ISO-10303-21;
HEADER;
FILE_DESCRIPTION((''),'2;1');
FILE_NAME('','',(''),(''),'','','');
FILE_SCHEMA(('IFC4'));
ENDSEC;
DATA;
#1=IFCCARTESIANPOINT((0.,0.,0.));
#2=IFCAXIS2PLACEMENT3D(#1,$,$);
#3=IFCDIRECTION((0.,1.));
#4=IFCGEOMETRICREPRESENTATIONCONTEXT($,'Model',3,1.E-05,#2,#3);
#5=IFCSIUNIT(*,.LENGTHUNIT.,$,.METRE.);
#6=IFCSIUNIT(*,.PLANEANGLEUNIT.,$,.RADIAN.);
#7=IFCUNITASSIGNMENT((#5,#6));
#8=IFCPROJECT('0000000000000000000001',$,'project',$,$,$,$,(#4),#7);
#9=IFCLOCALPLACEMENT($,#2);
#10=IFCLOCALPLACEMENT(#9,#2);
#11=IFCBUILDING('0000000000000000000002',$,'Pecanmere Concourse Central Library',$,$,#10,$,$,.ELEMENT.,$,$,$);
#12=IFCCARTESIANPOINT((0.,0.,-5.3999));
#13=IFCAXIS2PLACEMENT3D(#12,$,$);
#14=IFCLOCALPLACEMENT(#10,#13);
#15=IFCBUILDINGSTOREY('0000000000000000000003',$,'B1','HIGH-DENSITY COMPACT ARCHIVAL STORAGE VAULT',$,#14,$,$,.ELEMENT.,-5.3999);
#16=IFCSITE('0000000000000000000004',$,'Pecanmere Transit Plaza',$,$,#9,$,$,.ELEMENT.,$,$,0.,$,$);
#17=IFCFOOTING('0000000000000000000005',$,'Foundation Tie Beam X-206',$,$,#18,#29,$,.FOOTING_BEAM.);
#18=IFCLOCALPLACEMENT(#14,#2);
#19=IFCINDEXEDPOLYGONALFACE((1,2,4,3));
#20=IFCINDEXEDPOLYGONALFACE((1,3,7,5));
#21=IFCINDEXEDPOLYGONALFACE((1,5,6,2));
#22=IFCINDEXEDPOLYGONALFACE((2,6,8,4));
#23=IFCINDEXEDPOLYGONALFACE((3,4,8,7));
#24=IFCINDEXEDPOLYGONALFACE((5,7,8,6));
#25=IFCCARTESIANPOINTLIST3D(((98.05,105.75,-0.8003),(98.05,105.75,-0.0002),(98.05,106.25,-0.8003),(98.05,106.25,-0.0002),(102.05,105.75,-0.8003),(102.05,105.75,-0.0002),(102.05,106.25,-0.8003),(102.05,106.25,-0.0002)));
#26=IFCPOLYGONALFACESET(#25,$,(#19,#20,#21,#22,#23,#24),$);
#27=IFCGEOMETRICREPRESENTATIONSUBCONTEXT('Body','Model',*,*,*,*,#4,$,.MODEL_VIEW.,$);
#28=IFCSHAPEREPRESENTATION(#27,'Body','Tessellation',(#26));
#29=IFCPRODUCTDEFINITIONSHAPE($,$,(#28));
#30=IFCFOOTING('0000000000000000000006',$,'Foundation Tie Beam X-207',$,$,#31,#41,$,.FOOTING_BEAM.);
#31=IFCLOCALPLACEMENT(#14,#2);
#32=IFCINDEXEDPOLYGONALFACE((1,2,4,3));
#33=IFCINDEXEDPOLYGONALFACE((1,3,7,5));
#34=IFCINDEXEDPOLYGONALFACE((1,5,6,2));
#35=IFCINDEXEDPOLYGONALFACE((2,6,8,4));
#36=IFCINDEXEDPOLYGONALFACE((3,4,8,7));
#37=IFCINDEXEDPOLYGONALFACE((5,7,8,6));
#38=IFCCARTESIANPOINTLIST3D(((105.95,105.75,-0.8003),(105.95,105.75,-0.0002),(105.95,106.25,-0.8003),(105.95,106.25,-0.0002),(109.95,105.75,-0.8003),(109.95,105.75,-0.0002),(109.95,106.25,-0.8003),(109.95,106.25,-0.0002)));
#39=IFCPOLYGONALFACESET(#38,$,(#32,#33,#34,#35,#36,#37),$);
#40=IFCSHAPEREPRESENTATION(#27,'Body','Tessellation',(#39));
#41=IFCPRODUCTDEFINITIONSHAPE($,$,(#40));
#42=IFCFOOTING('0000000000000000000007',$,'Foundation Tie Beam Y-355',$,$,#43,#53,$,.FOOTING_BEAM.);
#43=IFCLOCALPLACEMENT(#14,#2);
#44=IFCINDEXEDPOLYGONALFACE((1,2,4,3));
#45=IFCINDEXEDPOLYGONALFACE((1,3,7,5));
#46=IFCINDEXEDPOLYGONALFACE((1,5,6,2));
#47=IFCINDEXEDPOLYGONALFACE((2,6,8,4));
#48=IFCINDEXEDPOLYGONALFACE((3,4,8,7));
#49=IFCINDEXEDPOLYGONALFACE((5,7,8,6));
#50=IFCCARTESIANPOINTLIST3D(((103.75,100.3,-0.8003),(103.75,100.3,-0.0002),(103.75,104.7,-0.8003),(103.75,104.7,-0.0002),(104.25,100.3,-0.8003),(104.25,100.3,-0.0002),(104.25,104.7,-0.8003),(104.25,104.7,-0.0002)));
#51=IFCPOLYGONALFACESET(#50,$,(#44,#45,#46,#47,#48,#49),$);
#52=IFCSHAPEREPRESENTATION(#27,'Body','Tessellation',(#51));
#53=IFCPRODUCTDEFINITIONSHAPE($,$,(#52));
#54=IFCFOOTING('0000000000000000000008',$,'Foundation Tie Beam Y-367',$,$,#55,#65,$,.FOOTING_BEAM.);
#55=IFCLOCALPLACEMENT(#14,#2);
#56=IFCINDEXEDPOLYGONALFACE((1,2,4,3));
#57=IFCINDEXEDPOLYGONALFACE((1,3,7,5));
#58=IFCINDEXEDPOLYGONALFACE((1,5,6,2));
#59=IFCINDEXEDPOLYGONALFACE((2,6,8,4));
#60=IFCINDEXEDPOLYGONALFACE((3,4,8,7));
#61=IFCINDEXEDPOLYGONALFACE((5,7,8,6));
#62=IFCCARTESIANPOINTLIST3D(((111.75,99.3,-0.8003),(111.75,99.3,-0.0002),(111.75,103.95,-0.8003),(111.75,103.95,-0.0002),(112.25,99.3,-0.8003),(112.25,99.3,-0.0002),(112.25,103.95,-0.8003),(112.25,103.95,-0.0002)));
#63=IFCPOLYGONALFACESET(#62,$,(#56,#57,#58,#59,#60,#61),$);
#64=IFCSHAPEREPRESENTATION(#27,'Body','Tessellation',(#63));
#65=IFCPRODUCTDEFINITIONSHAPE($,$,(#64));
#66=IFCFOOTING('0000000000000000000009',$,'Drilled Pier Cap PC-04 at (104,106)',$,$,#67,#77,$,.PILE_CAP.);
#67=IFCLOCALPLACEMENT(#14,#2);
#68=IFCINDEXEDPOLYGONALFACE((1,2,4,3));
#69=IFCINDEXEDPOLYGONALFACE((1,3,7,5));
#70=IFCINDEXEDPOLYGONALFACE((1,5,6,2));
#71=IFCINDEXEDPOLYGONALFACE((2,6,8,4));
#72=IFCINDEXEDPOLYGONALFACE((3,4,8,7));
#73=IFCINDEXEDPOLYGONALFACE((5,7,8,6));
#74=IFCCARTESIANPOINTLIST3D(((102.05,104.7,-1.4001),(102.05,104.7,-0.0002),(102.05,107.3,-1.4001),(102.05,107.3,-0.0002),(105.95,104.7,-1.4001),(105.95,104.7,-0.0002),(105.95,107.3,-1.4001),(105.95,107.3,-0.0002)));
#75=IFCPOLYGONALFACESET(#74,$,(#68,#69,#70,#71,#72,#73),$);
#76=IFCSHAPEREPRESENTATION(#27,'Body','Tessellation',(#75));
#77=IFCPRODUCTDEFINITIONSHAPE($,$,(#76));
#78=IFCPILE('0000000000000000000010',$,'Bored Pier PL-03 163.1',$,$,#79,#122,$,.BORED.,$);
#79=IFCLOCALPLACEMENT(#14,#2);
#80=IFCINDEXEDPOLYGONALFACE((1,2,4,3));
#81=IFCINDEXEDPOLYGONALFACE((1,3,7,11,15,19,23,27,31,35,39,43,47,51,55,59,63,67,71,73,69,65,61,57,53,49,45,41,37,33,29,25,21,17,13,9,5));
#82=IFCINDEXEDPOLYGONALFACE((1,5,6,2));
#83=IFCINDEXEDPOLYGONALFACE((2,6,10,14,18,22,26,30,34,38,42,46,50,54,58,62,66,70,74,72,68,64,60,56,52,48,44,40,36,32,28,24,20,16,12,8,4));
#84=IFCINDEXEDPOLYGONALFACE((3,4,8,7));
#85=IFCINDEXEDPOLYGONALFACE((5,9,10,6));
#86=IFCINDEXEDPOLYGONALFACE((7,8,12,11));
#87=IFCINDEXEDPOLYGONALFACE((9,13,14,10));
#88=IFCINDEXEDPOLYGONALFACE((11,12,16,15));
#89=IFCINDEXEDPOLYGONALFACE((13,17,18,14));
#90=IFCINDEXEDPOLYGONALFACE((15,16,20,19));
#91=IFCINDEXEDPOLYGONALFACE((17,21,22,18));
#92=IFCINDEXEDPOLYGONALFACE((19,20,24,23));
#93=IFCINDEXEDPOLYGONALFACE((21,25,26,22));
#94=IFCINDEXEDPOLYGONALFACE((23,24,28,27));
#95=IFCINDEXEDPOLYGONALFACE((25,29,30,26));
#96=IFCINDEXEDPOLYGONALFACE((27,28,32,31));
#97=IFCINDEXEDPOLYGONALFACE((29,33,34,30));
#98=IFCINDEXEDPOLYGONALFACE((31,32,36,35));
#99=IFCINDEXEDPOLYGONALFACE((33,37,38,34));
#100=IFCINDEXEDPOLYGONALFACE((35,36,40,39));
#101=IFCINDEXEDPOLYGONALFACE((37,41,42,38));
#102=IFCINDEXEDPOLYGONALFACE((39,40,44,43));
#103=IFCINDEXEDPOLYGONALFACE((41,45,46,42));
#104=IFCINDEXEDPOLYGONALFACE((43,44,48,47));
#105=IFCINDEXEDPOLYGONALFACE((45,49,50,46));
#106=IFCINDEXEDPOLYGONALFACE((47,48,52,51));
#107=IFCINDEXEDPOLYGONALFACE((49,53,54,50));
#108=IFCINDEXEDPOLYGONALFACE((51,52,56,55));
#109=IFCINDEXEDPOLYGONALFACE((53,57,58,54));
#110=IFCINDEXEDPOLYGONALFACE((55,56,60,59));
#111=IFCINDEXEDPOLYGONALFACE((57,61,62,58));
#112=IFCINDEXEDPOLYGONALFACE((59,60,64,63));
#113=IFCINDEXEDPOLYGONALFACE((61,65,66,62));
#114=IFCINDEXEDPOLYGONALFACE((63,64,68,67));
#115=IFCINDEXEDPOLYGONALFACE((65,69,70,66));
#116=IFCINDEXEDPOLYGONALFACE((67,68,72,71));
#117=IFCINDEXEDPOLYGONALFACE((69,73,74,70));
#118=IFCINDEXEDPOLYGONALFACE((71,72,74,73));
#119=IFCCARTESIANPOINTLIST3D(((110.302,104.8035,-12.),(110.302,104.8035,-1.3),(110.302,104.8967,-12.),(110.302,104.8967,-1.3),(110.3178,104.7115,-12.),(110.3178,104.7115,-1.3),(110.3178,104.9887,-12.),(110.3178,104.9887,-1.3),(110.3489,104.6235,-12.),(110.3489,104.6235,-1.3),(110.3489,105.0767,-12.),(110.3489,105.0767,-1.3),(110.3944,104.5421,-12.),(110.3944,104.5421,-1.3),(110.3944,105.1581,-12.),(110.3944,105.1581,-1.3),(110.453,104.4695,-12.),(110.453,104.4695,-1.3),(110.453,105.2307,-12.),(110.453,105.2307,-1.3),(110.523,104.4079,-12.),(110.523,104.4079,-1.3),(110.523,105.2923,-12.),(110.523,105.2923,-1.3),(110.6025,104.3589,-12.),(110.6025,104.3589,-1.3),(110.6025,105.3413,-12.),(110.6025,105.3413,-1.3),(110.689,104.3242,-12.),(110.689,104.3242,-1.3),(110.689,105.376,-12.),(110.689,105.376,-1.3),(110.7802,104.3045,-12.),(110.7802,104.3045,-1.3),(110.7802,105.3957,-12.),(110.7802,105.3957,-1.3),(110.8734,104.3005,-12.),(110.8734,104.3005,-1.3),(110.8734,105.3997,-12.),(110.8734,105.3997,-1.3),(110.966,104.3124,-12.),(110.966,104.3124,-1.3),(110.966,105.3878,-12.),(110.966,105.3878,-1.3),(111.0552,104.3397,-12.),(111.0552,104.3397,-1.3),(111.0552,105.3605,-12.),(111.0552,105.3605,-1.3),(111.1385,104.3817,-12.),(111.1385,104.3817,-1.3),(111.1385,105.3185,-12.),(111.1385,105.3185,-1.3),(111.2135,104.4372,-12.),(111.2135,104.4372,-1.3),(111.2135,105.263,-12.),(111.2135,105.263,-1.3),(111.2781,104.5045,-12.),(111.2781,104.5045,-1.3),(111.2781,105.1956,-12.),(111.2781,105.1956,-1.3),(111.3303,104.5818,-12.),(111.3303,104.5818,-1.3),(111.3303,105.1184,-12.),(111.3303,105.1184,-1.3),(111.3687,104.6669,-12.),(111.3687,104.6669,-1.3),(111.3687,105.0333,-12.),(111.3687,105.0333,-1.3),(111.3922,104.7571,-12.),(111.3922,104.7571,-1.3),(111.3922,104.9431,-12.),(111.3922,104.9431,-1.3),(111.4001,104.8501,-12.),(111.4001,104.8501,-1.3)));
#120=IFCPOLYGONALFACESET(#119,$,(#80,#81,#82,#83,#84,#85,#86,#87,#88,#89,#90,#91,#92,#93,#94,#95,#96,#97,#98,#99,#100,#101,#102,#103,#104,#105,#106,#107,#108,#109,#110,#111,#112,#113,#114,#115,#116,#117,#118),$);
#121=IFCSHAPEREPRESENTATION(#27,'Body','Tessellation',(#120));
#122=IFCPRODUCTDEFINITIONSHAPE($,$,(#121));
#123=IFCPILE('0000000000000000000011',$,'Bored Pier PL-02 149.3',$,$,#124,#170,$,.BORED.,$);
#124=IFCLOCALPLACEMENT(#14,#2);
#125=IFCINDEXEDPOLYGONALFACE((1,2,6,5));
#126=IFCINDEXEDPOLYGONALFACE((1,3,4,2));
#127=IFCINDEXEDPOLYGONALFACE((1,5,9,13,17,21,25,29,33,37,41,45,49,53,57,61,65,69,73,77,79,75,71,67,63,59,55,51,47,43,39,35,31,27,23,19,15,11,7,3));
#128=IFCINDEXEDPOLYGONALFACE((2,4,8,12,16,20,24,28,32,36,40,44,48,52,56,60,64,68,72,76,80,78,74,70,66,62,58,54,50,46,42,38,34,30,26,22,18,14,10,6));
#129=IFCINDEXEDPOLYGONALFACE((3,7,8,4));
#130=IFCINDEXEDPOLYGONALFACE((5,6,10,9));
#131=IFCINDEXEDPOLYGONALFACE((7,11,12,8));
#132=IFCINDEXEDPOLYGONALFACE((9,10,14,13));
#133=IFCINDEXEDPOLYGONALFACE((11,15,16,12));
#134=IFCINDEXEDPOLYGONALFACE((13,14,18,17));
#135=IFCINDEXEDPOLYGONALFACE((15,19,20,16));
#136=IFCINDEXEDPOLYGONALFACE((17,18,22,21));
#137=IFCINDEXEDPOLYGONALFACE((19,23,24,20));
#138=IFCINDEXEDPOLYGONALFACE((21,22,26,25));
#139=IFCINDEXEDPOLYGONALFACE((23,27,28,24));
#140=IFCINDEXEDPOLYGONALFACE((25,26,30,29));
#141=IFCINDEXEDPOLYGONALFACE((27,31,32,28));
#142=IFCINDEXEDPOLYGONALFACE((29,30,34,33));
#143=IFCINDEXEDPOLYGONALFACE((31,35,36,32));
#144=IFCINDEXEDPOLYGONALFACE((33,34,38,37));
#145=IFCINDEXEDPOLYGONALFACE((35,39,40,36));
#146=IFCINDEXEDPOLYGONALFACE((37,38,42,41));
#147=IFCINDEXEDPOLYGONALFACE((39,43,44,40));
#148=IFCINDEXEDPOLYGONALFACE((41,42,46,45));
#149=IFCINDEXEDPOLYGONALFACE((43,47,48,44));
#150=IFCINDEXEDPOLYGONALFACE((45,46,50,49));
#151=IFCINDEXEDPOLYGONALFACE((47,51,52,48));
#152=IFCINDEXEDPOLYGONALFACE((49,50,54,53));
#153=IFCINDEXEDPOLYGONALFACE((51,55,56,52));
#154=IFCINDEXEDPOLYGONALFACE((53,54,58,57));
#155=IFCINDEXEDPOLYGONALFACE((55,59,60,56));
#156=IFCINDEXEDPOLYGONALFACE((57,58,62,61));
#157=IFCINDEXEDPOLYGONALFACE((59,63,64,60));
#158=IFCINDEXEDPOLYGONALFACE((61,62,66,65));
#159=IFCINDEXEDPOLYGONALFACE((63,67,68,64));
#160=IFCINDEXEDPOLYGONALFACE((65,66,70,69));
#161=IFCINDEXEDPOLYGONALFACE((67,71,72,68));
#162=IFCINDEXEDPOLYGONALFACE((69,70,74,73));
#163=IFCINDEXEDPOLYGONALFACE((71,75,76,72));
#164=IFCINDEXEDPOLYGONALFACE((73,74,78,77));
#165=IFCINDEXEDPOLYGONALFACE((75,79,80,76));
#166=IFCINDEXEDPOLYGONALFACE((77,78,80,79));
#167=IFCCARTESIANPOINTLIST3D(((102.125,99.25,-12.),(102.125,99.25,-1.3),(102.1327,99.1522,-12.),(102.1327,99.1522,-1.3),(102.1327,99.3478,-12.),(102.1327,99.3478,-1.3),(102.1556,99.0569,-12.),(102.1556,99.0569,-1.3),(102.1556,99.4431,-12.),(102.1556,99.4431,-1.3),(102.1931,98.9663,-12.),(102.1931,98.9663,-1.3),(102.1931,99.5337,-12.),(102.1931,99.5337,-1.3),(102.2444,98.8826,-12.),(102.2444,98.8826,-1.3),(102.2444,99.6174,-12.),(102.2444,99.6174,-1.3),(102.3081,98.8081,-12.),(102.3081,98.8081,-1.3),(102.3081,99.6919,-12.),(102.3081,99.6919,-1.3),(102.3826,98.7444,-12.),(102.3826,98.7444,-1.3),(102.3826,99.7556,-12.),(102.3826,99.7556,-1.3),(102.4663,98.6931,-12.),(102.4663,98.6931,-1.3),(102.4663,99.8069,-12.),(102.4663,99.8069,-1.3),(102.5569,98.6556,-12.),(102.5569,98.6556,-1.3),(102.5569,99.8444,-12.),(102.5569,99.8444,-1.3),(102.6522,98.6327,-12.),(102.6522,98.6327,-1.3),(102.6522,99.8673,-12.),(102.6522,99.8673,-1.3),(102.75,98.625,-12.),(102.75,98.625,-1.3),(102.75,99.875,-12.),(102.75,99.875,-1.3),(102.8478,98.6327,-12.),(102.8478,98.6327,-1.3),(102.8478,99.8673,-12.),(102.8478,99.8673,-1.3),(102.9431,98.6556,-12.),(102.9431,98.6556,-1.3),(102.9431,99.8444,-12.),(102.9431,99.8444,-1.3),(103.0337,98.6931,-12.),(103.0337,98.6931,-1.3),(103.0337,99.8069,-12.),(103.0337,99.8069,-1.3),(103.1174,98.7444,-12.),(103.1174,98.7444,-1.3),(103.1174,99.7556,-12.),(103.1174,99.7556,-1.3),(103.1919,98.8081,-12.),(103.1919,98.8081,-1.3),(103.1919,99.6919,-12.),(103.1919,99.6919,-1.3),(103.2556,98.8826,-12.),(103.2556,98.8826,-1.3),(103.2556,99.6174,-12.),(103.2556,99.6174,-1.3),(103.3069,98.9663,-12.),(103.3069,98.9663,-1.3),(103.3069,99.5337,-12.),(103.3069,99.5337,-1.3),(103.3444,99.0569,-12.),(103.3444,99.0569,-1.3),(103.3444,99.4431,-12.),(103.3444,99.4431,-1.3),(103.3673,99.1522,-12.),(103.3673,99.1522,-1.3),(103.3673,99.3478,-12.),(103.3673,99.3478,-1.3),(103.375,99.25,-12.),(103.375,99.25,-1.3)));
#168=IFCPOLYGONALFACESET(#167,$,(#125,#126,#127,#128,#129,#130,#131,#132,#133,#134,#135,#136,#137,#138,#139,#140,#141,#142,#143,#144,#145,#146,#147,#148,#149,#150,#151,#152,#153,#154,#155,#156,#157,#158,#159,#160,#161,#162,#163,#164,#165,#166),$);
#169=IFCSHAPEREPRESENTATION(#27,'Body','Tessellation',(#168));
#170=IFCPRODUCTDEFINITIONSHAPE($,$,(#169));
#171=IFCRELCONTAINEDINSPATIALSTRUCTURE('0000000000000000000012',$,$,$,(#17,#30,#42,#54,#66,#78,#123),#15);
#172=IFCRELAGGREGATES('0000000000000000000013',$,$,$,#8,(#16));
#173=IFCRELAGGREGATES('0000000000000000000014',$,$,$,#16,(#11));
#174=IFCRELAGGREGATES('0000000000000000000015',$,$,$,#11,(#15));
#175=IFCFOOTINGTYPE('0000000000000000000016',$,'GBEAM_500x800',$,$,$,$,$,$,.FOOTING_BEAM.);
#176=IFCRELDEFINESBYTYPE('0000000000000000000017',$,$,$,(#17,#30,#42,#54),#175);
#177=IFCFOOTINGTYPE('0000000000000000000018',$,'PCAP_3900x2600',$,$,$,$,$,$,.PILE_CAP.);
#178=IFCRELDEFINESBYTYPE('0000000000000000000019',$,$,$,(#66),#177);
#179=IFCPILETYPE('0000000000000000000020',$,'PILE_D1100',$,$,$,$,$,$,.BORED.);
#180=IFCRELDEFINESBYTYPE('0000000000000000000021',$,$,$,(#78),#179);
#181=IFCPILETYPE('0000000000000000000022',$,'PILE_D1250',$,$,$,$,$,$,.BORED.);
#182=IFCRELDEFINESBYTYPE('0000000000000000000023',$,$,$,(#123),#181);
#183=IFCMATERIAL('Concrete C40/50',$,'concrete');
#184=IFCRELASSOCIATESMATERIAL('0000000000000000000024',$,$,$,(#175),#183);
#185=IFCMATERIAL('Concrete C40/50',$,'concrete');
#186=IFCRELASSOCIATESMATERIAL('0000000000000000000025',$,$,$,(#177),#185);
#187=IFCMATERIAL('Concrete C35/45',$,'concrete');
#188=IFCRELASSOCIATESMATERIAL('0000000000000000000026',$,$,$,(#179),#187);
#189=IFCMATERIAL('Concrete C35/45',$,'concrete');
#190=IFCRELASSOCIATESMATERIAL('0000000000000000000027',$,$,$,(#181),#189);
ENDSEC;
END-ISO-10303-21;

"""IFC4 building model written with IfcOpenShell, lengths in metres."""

from ifc_helpers import new_model, si_unit, direction, frame, origin, origin_2d, place, context, subcontext, project, spatial, rectangle, circle, extrude, material, material_profile, profile_set, type_object, element, save


model = new_model("IFC4")

# Units and contexts
model_context = context("Model", 3, precision=1e-05, world=origin(), true_north=direction((0.0, 1.0)))
body_context = subcontext(model_context, "Body", "Model", "MODEL_VIEW")
ifc_project = project(units=[si_unit("LENGTHUNIT", "METRE"), si_unit("PLANEANGLEUNIT", "RADIAN")], contexts=[model_context])

# Site, building, storey
site_placement = place(None, origin())
site = spatial("IfcSite", under=ifc_project, at=site_placement, Name="Pecanmere Transit Plaza", CompositionType="ELEMENT", RefElevation=0.0)
building_placement = place(site_placement, origin())
building = spatial("IfcBuilding", under=site, at=building_placement, Name="Pecanmere Concourse Central Library", CompositionType="ELEMENT")
storey_placement = place(building_placement, frame((0.0, 0.0, -5.3999)))
storey = spatial("IfcBuildingStorey", under=building, at=storey_placement, Name="B1", Description="HIGH-DENSITY COMPACT ARCHIVAL STORAGE VAULT", CompositionType="ELEMENT", Elevation=-5.3999)

# Footings
ifc_material_1 = material(Name="Concrete C40/50", Category="concrete")
ifc_material_profile_1 = material_profile(ifc_material_1, rectangle(XDim=0.5, YDim=0.8, at=origin_2d()), Name="RC 500x800")
ifc_profile_set_1 = profile_set([ifc_material_profile_1], Name="Concrete C40/50")
footing_type_1 = type_object("IfcFootingType", Name="GBEAM_500x800", PredefinedType="FOOTING_BEAM", material=ifc_profile_set_1)
for number, where, z_axis, x_axis, name in (
    (1, (100.05, 106.0, -0.8003), (0.0, 0.0, 1.0), (1.0, 0.0, 0.0), "Foundation Tie Beam X-206"),
    (2, (107.95, 106.0, -0.8003), (0.0, 0.0, 1.0), (1.0, 0.0, 0.0), "Foundation Tie Beam X-207"),
):
    element("IfcFooting", number, at=place(storey_placement, frame(where, z_axis=z_axis, x_axis=x_axis)), inside=storey, type_object=footing_type_1, Name=name, PredefinedType="FOOTING_BEAM", context=body_context, shape_type="SweptSolid", body=[
        extrude(rectangle(XDim=4.0, YDim=0.5, at=origin_2d()), origin(), (0.0, 0.0, 1.0), 0.8),
    ])
footing_1_placement = place(storey_placement, frame((104.0, 102.5, -0.8003), z_axis=(0.0, 0.0, 1.0), x_axis=(0.0, 1.0, 0.0)))
element("IfcFooting", 3, at=footing_1_placement, inside=storey, type_object=footing_type_1, Name="Foundation Tie Beam Y-355", PredefinedType="FOOTING_BEAM", context=body_context, shape_type="SweptSolid", body=[
    extrude(rectangle(XDim=4.3999, YDim=0.5, at=origin_2d()), origin(), (0.0, 0.0, 1.0), 0.8),
])
footing_2_placement = place(storey_placement, frame((112.0, 101.625, -0.8003), z_axis=(0.0, 0.0, 1.0), x_axis=(0.0, 1.0, 0.0)))
element("IfcFooting", 4, at=footing_2_placement, inside=storey, type_object=footing_type_1, Name="Foundation Tie Beam Y-367", PredefinedType="FOOTING_BEAM", context=body_context, shape_type="SweptSolid", body=[
    extrude(rectangle(XDim=4.6499, YDim=0.5, at=origin_2d()), origin(), (0.0, 0.0, 1.0), 0.8),
])
ifc_material_2 = material(Name="Concrete C40/50", Category="concrete")
footing_type_2 = type_object("IfcFootingType", Name="PCAP_3900x2600", PredefinedType="PILE_CAP", material=ifc_material_2)
footing_3_placement = place(storey_placement, frame((104.0, 106.0, -1.4001), z_axis=(0.0, 0.0, 1.0), x_axis=(1.0, 0.0, 0.0)))
element("IfcFooting", 5, at=footing_3_placement, inside=storey, type_object=footing_type_2, Name="Drilled Pier Cap PC-04 at (104,106)", PredefinedType="PILE_CAP", context=body_context, shape_type="SweptSolid", body=[
    extrude(rectangle(XDim=3.8999, YDim=2.6001, at=origin_2d()), origin(), (0.0, 0.0, 1.0), 1.3999),
])

# Piles
ifc_material_3 = material(Name="Concrete C35/45", Category="concrete")
ifc_material_profile_2 = material_profile(ifc_material_3, circle(Radius=0.55, at=origin_2d()), Name="PIER D1100")
ifc_profile_set_2 = profile_set([ifc_material_profile_2], Name="Concrete C35/45")
pile_type_1 = type_object("IfcPileType", Name="PILE_D1100", PredefinedType="BORED", material=ifc_profile_set_2)
pile_placement = place(storey_placement, frame((110.8501, 104.8501, -1.3), z_axis=(0.0, 0.0, -1.0), x_axis=(1.0, 0.0, 0.0)))
element("IfcPile", 6, at=pile_placement, inside=storey, type_object=pile_type_1, Name="Bored Pier PL-03 163.1", PredefinedType="BORED", context=body_context, shape_type="SweptSolid", body=[
    extrude(circle(Radius=0.55, at=origin_2d()), origin(), (0.0, 0.0, 1.0), 10.7),
])
ifc_material_4 = material(Name="Concrete C35/45", Category="concrete")
ifc_material_profile_3 = material_profile(ifc_material_4, circle(Radius=0.625, at=origin_2d()), Name="PIER D1250")
ifc_profile_set_3 = profile_set([ifc_material_profile_3], Name="Concrete C35/45")
pile_type_2 = type_object("IfcPileType", Name="PILE_D1250", PredefinedType="BORED", material=ifc_profile_set_3)
for number, where, z_axis, x_axis, name in (
    (7, (102.75, 99.25, -1.3), (0.0, 0.0, -1.0), (1.0, 0.0, 0.0), "Bored Pier PL-02 149.3"),
):
    element("IfcPile", number, at=place(storey_placement, frame(where, z_axis=z_axis, x_axis=x_axis)), inside=storey, type_object=pile_type_2, Name=name, PredefinedType="BORED", context=body_context, shape_type="SweptSolid", body=[
        extrude(circle(Radius=0.625, at=origin_2d()), origin(), (0.0, 0.0, 1.0), 10.7),
    ])

save(model, "model.ifc")
